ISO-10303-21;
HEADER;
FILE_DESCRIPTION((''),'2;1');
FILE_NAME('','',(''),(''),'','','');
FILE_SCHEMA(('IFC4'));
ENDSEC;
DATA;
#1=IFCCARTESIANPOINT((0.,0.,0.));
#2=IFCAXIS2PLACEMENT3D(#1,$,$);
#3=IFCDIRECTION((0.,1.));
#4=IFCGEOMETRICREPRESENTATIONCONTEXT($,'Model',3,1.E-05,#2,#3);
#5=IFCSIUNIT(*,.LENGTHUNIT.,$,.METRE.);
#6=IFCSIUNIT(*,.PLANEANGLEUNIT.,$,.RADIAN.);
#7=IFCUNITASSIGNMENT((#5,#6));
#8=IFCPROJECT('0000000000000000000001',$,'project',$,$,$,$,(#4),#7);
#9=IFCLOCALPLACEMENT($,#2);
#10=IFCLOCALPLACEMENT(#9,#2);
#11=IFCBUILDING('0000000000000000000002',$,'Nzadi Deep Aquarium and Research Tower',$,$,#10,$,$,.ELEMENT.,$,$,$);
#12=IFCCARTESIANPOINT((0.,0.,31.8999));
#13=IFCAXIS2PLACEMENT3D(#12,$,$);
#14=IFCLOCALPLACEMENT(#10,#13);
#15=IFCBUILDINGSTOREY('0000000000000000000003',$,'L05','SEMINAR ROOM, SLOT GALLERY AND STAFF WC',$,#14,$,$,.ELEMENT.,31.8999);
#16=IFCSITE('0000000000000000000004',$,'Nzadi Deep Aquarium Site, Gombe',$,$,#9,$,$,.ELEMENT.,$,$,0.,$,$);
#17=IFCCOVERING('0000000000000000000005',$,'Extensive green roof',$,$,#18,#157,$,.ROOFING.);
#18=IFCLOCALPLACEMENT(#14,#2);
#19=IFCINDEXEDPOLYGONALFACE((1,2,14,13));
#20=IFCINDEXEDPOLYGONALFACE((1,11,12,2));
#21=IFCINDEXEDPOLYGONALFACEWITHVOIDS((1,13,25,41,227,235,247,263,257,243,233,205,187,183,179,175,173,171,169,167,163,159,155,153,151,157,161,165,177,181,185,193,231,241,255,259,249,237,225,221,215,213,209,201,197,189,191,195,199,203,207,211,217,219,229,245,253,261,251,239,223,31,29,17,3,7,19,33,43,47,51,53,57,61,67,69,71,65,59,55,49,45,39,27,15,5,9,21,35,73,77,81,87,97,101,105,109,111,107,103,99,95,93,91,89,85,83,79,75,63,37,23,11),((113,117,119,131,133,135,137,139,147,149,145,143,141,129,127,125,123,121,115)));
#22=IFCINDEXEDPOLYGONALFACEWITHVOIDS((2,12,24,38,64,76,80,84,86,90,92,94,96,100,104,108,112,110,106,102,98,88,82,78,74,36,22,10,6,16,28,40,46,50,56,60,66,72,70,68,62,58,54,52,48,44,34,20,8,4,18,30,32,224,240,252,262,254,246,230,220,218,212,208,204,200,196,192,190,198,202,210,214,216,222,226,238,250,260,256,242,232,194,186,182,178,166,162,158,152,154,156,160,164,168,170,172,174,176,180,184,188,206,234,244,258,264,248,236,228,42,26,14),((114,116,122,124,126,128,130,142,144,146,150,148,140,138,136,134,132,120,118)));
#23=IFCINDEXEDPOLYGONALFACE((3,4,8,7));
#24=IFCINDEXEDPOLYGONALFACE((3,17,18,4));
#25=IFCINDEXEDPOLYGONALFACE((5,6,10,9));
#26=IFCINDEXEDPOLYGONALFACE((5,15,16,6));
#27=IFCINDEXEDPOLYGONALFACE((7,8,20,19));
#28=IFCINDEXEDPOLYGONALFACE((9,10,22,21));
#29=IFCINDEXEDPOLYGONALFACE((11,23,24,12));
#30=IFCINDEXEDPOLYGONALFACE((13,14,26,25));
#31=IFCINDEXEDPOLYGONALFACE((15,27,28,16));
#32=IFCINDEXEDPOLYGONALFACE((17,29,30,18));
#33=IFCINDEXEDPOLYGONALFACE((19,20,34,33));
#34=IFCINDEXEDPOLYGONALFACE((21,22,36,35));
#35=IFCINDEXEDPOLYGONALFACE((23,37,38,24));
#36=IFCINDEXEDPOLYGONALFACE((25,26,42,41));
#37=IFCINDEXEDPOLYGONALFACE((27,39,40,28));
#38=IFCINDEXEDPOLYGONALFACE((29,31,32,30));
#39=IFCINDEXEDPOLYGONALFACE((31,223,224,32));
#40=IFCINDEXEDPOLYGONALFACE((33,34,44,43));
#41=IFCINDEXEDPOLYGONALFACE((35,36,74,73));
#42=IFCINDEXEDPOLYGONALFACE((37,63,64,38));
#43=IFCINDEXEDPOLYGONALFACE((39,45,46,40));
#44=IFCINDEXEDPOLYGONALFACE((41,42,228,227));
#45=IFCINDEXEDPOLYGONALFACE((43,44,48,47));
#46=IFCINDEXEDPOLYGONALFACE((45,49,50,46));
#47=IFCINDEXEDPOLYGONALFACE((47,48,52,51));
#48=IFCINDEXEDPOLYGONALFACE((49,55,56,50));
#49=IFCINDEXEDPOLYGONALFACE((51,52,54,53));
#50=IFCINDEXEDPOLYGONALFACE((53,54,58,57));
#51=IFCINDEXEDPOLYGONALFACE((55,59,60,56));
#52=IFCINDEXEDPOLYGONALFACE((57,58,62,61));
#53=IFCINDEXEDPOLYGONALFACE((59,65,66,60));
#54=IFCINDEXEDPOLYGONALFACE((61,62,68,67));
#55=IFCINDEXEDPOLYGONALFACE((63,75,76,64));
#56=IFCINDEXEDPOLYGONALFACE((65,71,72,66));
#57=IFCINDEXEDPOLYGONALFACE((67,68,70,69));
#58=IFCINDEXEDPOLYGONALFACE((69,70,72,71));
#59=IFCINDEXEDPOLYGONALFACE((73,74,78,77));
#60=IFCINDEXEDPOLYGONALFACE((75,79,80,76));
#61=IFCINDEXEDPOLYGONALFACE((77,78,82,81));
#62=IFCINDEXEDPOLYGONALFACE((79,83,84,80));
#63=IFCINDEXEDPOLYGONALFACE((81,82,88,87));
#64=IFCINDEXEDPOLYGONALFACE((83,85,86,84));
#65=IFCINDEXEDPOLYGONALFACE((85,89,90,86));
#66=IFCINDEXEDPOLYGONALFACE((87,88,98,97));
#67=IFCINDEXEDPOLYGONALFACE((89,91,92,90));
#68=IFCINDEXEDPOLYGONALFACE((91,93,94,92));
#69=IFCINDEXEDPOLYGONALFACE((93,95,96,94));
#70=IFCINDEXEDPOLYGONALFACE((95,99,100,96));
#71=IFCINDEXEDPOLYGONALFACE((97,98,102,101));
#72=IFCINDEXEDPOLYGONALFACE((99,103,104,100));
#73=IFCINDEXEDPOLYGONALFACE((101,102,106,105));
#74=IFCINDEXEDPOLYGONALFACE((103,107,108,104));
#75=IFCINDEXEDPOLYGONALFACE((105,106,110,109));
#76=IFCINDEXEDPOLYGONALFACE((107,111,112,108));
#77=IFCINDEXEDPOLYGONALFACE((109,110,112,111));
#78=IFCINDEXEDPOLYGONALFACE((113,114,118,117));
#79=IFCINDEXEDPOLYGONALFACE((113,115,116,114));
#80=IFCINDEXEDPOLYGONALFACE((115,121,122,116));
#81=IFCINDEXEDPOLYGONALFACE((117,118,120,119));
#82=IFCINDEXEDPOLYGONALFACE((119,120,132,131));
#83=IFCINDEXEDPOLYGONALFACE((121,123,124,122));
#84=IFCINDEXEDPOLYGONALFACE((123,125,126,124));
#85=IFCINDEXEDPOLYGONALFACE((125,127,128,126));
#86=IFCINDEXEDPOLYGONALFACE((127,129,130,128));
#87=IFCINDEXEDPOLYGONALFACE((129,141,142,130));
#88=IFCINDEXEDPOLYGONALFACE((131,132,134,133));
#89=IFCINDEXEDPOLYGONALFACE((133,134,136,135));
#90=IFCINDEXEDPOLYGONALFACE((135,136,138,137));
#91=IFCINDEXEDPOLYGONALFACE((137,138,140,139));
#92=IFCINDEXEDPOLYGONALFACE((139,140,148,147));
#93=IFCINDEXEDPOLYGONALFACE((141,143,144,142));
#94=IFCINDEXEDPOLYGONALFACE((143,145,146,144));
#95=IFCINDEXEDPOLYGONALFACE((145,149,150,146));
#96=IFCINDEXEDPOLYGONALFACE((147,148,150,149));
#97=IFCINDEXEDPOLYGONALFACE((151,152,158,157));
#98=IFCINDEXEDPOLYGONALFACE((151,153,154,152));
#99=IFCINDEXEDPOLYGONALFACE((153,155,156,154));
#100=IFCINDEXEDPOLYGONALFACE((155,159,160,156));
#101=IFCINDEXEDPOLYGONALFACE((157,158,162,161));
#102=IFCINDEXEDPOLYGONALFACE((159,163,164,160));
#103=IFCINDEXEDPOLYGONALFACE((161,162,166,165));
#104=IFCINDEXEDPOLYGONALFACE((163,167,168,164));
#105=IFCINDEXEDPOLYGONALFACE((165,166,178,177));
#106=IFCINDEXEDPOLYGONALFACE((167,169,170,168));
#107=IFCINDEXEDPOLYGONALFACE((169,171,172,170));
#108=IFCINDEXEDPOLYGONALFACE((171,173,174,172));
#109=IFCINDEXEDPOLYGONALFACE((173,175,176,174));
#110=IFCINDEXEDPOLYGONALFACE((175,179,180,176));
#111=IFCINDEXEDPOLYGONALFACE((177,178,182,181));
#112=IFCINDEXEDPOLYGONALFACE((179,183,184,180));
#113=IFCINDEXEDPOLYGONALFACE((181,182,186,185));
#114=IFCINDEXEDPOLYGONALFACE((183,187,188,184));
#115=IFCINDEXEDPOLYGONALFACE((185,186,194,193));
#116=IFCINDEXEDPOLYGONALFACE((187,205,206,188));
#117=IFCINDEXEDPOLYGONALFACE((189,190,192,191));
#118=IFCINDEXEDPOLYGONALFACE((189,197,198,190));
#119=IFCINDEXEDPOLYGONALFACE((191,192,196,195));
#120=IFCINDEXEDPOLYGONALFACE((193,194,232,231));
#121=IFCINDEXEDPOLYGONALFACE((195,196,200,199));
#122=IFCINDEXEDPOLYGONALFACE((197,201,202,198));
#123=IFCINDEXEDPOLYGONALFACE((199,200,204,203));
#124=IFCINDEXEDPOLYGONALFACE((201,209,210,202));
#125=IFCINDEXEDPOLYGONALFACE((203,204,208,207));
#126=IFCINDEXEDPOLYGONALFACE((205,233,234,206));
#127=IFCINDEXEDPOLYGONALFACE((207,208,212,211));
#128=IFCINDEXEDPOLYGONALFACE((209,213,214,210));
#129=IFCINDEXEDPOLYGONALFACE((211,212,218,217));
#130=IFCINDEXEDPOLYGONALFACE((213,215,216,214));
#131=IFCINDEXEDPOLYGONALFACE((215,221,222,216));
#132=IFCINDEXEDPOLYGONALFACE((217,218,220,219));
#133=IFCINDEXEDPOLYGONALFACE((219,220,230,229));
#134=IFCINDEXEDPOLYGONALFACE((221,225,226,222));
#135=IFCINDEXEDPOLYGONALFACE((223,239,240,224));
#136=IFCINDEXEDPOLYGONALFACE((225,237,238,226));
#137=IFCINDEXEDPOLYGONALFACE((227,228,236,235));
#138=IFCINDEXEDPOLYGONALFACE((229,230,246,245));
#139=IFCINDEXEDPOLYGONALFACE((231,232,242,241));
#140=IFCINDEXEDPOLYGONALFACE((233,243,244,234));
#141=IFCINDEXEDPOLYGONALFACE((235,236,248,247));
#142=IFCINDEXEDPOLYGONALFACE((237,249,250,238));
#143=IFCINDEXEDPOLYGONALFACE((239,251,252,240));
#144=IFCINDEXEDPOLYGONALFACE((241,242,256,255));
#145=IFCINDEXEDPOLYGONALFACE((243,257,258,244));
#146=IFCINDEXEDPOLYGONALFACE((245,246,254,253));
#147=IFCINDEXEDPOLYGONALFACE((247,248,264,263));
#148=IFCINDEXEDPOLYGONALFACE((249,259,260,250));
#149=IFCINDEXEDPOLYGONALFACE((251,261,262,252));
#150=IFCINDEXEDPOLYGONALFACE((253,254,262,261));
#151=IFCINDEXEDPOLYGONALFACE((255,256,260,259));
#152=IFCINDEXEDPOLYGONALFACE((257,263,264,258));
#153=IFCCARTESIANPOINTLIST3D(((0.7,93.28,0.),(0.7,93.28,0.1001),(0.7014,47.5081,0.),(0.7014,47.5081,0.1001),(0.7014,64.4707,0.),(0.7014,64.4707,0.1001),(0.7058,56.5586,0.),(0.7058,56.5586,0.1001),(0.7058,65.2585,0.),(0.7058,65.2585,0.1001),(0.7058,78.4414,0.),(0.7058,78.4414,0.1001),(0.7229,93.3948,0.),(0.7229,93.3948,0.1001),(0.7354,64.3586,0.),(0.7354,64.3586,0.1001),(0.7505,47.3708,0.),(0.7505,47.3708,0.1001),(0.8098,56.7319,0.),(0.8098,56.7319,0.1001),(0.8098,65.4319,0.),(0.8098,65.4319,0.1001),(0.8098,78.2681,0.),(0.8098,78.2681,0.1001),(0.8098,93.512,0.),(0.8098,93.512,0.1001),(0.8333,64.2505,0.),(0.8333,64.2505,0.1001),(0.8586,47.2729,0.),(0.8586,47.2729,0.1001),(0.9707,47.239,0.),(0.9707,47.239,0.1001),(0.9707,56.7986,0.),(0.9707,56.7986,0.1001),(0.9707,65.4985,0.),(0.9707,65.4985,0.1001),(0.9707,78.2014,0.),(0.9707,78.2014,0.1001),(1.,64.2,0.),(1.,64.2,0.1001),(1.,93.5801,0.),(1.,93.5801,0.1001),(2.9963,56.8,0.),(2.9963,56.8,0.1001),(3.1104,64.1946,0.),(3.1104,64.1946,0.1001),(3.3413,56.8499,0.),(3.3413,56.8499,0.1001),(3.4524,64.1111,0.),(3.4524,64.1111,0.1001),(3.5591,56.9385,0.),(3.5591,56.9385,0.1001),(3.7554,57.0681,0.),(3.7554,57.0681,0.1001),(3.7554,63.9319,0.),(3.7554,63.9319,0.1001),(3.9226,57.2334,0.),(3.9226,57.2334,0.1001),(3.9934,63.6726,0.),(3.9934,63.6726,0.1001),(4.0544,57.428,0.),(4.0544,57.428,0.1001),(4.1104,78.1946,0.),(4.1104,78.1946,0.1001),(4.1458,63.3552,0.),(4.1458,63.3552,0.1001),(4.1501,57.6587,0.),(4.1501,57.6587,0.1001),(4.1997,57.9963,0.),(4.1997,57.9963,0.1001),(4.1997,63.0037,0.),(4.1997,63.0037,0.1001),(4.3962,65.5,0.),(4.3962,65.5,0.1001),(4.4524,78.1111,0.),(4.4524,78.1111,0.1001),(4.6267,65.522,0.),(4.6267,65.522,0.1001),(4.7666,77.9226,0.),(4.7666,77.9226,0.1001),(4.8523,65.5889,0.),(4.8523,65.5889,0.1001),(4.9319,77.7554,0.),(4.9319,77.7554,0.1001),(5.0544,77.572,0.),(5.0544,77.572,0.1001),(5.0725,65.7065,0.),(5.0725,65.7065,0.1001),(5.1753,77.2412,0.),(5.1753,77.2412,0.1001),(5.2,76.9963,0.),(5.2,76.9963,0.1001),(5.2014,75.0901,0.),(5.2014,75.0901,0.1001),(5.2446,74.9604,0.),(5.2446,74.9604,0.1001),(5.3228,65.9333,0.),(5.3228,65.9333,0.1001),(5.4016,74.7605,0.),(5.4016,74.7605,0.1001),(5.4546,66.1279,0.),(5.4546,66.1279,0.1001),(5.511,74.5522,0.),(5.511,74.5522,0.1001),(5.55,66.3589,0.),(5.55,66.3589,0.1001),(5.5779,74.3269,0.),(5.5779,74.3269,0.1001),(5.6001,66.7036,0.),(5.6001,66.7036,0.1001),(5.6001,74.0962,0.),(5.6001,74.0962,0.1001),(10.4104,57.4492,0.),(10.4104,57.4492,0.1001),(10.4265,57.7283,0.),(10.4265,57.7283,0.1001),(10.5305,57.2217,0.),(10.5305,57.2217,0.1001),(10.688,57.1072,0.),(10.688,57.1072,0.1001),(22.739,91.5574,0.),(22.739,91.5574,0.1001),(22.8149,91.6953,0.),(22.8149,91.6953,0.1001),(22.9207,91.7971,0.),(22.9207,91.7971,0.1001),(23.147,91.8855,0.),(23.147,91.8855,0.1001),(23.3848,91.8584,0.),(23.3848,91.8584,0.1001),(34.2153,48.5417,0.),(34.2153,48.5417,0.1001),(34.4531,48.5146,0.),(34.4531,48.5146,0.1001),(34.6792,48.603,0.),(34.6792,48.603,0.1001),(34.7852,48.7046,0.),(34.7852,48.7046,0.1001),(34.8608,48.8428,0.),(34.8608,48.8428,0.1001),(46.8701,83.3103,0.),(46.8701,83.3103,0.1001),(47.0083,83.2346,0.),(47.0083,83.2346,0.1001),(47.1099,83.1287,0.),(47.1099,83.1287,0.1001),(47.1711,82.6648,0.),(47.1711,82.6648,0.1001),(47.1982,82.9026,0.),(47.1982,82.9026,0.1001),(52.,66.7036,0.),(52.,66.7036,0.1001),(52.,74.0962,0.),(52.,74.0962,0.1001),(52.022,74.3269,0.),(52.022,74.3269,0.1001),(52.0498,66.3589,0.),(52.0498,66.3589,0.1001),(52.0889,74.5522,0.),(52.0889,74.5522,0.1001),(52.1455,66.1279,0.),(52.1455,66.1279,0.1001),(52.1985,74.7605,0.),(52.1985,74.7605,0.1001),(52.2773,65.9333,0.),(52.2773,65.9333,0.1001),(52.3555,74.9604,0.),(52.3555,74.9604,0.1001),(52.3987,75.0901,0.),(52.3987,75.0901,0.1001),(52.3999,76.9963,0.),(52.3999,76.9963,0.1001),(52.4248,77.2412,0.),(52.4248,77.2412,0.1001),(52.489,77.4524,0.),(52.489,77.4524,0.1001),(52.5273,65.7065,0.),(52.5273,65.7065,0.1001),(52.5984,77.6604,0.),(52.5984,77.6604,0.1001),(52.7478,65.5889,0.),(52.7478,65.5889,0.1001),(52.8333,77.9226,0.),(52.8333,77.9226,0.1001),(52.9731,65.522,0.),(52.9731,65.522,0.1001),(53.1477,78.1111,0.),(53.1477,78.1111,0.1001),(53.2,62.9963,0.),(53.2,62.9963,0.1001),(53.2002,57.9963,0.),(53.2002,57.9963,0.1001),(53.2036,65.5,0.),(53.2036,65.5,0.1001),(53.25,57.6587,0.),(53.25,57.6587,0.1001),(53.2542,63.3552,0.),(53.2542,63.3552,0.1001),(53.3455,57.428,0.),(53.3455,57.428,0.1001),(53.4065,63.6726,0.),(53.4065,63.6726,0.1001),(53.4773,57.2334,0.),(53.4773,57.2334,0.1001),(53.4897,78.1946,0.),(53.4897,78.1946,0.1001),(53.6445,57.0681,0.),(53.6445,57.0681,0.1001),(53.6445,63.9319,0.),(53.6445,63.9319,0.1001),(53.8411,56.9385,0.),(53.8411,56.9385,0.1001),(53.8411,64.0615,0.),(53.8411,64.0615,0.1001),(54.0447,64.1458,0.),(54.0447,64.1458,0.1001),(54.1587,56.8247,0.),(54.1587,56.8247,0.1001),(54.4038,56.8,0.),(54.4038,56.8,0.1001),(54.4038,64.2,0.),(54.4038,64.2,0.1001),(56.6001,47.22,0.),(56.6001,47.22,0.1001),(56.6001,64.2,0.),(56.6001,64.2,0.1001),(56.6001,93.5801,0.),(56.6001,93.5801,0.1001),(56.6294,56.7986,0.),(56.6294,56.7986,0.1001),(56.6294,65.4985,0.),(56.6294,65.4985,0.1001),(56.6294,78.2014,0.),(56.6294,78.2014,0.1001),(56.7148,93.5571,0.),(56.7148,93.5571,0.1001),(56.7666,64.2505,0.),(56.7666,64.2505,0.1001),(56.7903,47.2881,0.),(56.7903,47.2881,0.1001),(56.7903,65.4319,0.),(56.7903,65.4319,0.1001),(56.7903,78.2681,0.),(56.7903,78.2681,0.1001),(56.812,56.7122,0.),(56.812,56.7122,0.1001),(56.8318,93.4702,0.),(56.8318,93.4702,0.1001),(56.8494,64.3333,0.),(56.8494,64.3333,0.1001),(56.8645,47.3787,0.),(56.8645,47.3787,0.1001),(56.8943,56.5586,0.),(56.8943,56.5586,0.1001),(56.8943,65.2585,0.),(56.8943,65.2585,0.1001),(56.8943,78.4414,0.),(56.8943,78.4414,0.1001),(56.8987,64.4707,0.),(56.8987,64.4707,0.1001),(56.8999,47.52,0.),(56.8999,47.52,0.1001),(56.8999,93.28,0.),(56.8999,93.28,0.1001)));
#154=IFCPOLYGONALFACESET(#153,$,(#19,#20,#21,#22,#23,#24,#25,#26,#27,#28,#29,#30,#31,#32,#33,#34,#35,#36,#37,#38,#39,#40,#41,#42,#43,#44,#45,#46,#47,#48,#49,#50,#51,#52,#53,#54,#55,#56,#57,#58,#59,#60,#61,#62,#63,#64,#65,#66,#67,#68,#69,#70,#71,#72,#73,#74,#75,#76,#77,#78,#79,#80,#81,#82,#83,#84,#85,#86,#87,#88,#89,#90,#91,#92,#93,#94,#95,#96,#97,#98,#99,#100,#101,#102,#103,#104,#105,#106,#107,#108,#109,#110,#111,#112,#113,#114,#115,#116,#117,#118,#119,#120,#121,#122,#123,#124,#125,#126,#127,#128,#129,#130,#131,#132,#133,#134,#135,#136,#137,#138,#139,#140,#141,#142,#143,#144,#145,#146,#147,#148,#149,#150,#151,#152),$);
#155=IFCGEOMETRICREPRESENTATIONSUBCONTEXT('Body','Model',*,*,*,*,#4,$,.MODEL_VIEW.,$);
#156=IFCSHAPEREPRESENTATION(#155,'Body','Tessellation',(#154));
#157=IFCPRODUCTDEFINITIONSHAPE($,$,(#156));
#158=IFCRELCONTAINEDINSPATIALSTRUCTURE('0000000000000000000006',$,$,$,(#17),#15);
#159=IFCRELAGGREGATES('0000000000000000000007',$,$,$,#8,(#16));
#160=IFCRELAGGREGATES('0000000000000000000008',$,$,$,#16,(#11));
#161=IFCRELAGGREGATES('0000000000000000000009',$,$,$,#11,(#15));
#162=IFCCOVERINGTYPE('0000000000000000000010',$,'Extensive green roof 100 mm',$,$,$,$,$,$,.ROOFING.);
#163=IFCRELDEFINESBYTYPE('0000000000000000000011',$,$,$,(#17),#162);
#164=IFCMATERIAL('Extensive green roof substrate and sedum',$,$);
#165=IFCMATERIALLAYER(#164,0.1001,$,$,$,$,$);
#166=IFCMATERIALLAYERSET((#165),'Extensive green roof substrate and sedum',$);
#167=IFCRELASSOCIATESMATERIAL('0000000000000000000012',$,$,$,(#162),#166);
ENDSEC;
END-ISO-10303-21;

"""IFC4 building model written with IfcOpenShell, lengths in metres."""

from ifc_helpers import new_model, si_unit, direction, frame, origin, place, context, subcontext, project, spatial, polyline, outline, extrude, material, layer, layer_set, type_object, element, save


model = new_model("IFC4")

# Units and contexts
model_context = context("Model", 3, precision=1e-05, world=origin(), true_north=direction((0.0, 1.0)))
body_context = subcontext(model_context, "Body", "Model", "MODEL_VIEW")
ifc_project = project(units=[si_unit("LENGTHUNIT", "METRE"), si_unit("PLANEANGLEUNIT", "RADIAN")], contexts=[model_context])

# Site, building, storey
site_placement = place(None, origin())
site = spatial("IfcSite", under=ifc_project, at=site_placement, Name="Nzadi Deep Aquarium Site, Gombe", CompositionType="ELEMENT", RefElevation=0.0)
building_placement = place(site_placement, origin())
building = spatial("IfcBuilding", under=site, at=building_placement, Name="Nzadi Deep Aquarium and Research Tower", CompositionType="ELEMENT")
storey_placement = place(building_placement, frame((0.0, 0.0, 31.8999)))
storey = spatial("IfcBuildingStorey", under=building, at=storey_placement, Name="L05", Description="SEMINAR ROOM, SLOT GALLERY AND STAFF WC", CompositionType="ELEMENT", Elevation=31.8999)

# Covering
ifc_material_1 = material(Name="Extensive green roof substrate and sedum")
ifc_layer_1 = layer(ifc_material_1, 0.1001)
ifc_layer_set_1 = layer_set([ifc_layer_1], Name="Extensive green roof substrate and sedum")
covering_type = type_object("IfcCoveringType", Name="Extensive green roof 100 mm", PredefinedType="ROOFING", material=ifc_layer_set_1)
covering_1_placement = place(storey_placement, origin())
element("IfcCovering", 1, at=covering_1_placement, inside=storey, type_object=covering_type, Name="Extensive green roof", PredefinedType="ROOFING", context=body_context, shape_type="SweptSolid", body=[
    extrude(outline(polyline([(56.6001, 47.22), (0.9707, 47.239), (0.8586, 47.2729), (0.7505, 47.3708), (0.7014, 47.5081), (0.7058, 56.5586), (0.8098, 56.7319), (0.9707, 56.7986), (2.9963, 56.8), (3.3413, 56.8499), (3.5591, 56.9385), (3.7554, 57.0681), (3.9226, 57.2334), (4.0544, 57.428), (4.1501, 57.6587), (4.1997, 57.9963), (4.1997, 63.0037), (4.1458, 63.3552), (3.9934, 63.6726), (3.7554, 63.9319), (3.4524, 64.1111), (3.1104, 64.1946), (1.0, 64.2), (0.8333, 64.2505), (0.7354, 64.3586), (0.7014, 64.4707), (0.7058, 65.2585), (0.8098, 65.4319), (0.9707, 65.4985), (4.3962, 65.5), (4.6267, 65.522), (4.8523, 65.5889), (5.0725, 65.7065), (5.3228, 65.9333), (5.4546, 66.1279), (5.55, 66.3589), (5.6001, 66.7036), (5.6001, 74.0962), (5.5779, 74.3269), (5.511, 74.5522), (5.4016, 74.7605), (5.2446, 74.9604), (5.2014, 75.0901), (5.2, 76.9963), (5.1753, 77.2412), (5.0544, 77.572), (4.9319, 77.7554), (4.7666, 77.9226), (4.4524, 78.1111), (4.1104, 78.1946), (0.9707, 78.2014), (0.8098, 78.2681), (0.7058, 78.4414), (0.7, 93.28), (0.7229, 93.3948), (0.8098, 93.512), (1.0, 93.5801), (56.6001, 93.5801), (56.7148, 93.5571), (56.8318, 93.4702), (56.8999, 93.28), (56.8943, 78.4414), (56.7903, 78.2681), (56.6294, 78.2014), (53.4897, 78.1946), (53.1477, 78.1111), (52.8333, 77.9226), (52.5984, 77.6604), (52.489, 77.4524), (52.4248, 77.2412), (52.3999, 76.9963), (52.3987, 75.0901), (52.3555, 74.9604), (52.1985, 74.7605), (52.0889, 74.5522), (52.022, 74.3269), (52.0, 74.0962), (52.0, 66.7036), (52.0498, 66.3589), (52.1455, 66.1279), (52.2773, 65.9333), (52.5273, 65.7065), (52.7478, 65.5889), (52.9731, 65.522), (53.2036, 65.5), (56.6294, 65.4985), (56.7903, 65.4319), (56.8943, 65.2585), (56.8987, 64.4707), (56.8494, 64.3333), (56.7666, 64.2505), (56.6001, 64.2), (54.4038, 64.2), (54.0447, 64.1458), (53.8411, 64.0615), (53.6445, 63.9319), (53.4065, 63.6726), (53.2542, 63.3552), (53.2, 62.9963), (53.2002, 57.9963), (53.25, 57.6587), (53.3455, 57.428), (53.4773, 57.2334), (53.6445, 57.0681), (53.8411, 56.9385), (54.1587, 56.8247), (54.4038, 56.8), (56.6294, 56.7986), (56.812, 56.7122), (56.8943, 56.5586), (56.8999, 47.52), (56.8645, 47.3787), (56.7903, 47.2881), (56.6001, 47.22)]), holes=[polyline([(10.688, 57.1072), (34.2153, 48.5417), (34.4531, 48.5146), (34.6792, 48.603), (34.7852, 48.7046), (34.8608, 48.8428), (47.1711, 82.6648), (47.1982, 82.9026), (47.1099, 83.1287), (47.0083, 83.2346), (46.8701, 83.3103), (23.3848, 91.8584), (23.147, 91.8855), (22.9207, 91.7971), (22.8149, 91.6953), (22.739, 91.5574), (10.4265, 57.7283), (10.4104, 57.4492), (10.5305, 57.2217), (10.688, 57.1072)])]), origin(), (0.0, 0.0, 1.0), 0.1001),
])

save(model, "model.ifc")
